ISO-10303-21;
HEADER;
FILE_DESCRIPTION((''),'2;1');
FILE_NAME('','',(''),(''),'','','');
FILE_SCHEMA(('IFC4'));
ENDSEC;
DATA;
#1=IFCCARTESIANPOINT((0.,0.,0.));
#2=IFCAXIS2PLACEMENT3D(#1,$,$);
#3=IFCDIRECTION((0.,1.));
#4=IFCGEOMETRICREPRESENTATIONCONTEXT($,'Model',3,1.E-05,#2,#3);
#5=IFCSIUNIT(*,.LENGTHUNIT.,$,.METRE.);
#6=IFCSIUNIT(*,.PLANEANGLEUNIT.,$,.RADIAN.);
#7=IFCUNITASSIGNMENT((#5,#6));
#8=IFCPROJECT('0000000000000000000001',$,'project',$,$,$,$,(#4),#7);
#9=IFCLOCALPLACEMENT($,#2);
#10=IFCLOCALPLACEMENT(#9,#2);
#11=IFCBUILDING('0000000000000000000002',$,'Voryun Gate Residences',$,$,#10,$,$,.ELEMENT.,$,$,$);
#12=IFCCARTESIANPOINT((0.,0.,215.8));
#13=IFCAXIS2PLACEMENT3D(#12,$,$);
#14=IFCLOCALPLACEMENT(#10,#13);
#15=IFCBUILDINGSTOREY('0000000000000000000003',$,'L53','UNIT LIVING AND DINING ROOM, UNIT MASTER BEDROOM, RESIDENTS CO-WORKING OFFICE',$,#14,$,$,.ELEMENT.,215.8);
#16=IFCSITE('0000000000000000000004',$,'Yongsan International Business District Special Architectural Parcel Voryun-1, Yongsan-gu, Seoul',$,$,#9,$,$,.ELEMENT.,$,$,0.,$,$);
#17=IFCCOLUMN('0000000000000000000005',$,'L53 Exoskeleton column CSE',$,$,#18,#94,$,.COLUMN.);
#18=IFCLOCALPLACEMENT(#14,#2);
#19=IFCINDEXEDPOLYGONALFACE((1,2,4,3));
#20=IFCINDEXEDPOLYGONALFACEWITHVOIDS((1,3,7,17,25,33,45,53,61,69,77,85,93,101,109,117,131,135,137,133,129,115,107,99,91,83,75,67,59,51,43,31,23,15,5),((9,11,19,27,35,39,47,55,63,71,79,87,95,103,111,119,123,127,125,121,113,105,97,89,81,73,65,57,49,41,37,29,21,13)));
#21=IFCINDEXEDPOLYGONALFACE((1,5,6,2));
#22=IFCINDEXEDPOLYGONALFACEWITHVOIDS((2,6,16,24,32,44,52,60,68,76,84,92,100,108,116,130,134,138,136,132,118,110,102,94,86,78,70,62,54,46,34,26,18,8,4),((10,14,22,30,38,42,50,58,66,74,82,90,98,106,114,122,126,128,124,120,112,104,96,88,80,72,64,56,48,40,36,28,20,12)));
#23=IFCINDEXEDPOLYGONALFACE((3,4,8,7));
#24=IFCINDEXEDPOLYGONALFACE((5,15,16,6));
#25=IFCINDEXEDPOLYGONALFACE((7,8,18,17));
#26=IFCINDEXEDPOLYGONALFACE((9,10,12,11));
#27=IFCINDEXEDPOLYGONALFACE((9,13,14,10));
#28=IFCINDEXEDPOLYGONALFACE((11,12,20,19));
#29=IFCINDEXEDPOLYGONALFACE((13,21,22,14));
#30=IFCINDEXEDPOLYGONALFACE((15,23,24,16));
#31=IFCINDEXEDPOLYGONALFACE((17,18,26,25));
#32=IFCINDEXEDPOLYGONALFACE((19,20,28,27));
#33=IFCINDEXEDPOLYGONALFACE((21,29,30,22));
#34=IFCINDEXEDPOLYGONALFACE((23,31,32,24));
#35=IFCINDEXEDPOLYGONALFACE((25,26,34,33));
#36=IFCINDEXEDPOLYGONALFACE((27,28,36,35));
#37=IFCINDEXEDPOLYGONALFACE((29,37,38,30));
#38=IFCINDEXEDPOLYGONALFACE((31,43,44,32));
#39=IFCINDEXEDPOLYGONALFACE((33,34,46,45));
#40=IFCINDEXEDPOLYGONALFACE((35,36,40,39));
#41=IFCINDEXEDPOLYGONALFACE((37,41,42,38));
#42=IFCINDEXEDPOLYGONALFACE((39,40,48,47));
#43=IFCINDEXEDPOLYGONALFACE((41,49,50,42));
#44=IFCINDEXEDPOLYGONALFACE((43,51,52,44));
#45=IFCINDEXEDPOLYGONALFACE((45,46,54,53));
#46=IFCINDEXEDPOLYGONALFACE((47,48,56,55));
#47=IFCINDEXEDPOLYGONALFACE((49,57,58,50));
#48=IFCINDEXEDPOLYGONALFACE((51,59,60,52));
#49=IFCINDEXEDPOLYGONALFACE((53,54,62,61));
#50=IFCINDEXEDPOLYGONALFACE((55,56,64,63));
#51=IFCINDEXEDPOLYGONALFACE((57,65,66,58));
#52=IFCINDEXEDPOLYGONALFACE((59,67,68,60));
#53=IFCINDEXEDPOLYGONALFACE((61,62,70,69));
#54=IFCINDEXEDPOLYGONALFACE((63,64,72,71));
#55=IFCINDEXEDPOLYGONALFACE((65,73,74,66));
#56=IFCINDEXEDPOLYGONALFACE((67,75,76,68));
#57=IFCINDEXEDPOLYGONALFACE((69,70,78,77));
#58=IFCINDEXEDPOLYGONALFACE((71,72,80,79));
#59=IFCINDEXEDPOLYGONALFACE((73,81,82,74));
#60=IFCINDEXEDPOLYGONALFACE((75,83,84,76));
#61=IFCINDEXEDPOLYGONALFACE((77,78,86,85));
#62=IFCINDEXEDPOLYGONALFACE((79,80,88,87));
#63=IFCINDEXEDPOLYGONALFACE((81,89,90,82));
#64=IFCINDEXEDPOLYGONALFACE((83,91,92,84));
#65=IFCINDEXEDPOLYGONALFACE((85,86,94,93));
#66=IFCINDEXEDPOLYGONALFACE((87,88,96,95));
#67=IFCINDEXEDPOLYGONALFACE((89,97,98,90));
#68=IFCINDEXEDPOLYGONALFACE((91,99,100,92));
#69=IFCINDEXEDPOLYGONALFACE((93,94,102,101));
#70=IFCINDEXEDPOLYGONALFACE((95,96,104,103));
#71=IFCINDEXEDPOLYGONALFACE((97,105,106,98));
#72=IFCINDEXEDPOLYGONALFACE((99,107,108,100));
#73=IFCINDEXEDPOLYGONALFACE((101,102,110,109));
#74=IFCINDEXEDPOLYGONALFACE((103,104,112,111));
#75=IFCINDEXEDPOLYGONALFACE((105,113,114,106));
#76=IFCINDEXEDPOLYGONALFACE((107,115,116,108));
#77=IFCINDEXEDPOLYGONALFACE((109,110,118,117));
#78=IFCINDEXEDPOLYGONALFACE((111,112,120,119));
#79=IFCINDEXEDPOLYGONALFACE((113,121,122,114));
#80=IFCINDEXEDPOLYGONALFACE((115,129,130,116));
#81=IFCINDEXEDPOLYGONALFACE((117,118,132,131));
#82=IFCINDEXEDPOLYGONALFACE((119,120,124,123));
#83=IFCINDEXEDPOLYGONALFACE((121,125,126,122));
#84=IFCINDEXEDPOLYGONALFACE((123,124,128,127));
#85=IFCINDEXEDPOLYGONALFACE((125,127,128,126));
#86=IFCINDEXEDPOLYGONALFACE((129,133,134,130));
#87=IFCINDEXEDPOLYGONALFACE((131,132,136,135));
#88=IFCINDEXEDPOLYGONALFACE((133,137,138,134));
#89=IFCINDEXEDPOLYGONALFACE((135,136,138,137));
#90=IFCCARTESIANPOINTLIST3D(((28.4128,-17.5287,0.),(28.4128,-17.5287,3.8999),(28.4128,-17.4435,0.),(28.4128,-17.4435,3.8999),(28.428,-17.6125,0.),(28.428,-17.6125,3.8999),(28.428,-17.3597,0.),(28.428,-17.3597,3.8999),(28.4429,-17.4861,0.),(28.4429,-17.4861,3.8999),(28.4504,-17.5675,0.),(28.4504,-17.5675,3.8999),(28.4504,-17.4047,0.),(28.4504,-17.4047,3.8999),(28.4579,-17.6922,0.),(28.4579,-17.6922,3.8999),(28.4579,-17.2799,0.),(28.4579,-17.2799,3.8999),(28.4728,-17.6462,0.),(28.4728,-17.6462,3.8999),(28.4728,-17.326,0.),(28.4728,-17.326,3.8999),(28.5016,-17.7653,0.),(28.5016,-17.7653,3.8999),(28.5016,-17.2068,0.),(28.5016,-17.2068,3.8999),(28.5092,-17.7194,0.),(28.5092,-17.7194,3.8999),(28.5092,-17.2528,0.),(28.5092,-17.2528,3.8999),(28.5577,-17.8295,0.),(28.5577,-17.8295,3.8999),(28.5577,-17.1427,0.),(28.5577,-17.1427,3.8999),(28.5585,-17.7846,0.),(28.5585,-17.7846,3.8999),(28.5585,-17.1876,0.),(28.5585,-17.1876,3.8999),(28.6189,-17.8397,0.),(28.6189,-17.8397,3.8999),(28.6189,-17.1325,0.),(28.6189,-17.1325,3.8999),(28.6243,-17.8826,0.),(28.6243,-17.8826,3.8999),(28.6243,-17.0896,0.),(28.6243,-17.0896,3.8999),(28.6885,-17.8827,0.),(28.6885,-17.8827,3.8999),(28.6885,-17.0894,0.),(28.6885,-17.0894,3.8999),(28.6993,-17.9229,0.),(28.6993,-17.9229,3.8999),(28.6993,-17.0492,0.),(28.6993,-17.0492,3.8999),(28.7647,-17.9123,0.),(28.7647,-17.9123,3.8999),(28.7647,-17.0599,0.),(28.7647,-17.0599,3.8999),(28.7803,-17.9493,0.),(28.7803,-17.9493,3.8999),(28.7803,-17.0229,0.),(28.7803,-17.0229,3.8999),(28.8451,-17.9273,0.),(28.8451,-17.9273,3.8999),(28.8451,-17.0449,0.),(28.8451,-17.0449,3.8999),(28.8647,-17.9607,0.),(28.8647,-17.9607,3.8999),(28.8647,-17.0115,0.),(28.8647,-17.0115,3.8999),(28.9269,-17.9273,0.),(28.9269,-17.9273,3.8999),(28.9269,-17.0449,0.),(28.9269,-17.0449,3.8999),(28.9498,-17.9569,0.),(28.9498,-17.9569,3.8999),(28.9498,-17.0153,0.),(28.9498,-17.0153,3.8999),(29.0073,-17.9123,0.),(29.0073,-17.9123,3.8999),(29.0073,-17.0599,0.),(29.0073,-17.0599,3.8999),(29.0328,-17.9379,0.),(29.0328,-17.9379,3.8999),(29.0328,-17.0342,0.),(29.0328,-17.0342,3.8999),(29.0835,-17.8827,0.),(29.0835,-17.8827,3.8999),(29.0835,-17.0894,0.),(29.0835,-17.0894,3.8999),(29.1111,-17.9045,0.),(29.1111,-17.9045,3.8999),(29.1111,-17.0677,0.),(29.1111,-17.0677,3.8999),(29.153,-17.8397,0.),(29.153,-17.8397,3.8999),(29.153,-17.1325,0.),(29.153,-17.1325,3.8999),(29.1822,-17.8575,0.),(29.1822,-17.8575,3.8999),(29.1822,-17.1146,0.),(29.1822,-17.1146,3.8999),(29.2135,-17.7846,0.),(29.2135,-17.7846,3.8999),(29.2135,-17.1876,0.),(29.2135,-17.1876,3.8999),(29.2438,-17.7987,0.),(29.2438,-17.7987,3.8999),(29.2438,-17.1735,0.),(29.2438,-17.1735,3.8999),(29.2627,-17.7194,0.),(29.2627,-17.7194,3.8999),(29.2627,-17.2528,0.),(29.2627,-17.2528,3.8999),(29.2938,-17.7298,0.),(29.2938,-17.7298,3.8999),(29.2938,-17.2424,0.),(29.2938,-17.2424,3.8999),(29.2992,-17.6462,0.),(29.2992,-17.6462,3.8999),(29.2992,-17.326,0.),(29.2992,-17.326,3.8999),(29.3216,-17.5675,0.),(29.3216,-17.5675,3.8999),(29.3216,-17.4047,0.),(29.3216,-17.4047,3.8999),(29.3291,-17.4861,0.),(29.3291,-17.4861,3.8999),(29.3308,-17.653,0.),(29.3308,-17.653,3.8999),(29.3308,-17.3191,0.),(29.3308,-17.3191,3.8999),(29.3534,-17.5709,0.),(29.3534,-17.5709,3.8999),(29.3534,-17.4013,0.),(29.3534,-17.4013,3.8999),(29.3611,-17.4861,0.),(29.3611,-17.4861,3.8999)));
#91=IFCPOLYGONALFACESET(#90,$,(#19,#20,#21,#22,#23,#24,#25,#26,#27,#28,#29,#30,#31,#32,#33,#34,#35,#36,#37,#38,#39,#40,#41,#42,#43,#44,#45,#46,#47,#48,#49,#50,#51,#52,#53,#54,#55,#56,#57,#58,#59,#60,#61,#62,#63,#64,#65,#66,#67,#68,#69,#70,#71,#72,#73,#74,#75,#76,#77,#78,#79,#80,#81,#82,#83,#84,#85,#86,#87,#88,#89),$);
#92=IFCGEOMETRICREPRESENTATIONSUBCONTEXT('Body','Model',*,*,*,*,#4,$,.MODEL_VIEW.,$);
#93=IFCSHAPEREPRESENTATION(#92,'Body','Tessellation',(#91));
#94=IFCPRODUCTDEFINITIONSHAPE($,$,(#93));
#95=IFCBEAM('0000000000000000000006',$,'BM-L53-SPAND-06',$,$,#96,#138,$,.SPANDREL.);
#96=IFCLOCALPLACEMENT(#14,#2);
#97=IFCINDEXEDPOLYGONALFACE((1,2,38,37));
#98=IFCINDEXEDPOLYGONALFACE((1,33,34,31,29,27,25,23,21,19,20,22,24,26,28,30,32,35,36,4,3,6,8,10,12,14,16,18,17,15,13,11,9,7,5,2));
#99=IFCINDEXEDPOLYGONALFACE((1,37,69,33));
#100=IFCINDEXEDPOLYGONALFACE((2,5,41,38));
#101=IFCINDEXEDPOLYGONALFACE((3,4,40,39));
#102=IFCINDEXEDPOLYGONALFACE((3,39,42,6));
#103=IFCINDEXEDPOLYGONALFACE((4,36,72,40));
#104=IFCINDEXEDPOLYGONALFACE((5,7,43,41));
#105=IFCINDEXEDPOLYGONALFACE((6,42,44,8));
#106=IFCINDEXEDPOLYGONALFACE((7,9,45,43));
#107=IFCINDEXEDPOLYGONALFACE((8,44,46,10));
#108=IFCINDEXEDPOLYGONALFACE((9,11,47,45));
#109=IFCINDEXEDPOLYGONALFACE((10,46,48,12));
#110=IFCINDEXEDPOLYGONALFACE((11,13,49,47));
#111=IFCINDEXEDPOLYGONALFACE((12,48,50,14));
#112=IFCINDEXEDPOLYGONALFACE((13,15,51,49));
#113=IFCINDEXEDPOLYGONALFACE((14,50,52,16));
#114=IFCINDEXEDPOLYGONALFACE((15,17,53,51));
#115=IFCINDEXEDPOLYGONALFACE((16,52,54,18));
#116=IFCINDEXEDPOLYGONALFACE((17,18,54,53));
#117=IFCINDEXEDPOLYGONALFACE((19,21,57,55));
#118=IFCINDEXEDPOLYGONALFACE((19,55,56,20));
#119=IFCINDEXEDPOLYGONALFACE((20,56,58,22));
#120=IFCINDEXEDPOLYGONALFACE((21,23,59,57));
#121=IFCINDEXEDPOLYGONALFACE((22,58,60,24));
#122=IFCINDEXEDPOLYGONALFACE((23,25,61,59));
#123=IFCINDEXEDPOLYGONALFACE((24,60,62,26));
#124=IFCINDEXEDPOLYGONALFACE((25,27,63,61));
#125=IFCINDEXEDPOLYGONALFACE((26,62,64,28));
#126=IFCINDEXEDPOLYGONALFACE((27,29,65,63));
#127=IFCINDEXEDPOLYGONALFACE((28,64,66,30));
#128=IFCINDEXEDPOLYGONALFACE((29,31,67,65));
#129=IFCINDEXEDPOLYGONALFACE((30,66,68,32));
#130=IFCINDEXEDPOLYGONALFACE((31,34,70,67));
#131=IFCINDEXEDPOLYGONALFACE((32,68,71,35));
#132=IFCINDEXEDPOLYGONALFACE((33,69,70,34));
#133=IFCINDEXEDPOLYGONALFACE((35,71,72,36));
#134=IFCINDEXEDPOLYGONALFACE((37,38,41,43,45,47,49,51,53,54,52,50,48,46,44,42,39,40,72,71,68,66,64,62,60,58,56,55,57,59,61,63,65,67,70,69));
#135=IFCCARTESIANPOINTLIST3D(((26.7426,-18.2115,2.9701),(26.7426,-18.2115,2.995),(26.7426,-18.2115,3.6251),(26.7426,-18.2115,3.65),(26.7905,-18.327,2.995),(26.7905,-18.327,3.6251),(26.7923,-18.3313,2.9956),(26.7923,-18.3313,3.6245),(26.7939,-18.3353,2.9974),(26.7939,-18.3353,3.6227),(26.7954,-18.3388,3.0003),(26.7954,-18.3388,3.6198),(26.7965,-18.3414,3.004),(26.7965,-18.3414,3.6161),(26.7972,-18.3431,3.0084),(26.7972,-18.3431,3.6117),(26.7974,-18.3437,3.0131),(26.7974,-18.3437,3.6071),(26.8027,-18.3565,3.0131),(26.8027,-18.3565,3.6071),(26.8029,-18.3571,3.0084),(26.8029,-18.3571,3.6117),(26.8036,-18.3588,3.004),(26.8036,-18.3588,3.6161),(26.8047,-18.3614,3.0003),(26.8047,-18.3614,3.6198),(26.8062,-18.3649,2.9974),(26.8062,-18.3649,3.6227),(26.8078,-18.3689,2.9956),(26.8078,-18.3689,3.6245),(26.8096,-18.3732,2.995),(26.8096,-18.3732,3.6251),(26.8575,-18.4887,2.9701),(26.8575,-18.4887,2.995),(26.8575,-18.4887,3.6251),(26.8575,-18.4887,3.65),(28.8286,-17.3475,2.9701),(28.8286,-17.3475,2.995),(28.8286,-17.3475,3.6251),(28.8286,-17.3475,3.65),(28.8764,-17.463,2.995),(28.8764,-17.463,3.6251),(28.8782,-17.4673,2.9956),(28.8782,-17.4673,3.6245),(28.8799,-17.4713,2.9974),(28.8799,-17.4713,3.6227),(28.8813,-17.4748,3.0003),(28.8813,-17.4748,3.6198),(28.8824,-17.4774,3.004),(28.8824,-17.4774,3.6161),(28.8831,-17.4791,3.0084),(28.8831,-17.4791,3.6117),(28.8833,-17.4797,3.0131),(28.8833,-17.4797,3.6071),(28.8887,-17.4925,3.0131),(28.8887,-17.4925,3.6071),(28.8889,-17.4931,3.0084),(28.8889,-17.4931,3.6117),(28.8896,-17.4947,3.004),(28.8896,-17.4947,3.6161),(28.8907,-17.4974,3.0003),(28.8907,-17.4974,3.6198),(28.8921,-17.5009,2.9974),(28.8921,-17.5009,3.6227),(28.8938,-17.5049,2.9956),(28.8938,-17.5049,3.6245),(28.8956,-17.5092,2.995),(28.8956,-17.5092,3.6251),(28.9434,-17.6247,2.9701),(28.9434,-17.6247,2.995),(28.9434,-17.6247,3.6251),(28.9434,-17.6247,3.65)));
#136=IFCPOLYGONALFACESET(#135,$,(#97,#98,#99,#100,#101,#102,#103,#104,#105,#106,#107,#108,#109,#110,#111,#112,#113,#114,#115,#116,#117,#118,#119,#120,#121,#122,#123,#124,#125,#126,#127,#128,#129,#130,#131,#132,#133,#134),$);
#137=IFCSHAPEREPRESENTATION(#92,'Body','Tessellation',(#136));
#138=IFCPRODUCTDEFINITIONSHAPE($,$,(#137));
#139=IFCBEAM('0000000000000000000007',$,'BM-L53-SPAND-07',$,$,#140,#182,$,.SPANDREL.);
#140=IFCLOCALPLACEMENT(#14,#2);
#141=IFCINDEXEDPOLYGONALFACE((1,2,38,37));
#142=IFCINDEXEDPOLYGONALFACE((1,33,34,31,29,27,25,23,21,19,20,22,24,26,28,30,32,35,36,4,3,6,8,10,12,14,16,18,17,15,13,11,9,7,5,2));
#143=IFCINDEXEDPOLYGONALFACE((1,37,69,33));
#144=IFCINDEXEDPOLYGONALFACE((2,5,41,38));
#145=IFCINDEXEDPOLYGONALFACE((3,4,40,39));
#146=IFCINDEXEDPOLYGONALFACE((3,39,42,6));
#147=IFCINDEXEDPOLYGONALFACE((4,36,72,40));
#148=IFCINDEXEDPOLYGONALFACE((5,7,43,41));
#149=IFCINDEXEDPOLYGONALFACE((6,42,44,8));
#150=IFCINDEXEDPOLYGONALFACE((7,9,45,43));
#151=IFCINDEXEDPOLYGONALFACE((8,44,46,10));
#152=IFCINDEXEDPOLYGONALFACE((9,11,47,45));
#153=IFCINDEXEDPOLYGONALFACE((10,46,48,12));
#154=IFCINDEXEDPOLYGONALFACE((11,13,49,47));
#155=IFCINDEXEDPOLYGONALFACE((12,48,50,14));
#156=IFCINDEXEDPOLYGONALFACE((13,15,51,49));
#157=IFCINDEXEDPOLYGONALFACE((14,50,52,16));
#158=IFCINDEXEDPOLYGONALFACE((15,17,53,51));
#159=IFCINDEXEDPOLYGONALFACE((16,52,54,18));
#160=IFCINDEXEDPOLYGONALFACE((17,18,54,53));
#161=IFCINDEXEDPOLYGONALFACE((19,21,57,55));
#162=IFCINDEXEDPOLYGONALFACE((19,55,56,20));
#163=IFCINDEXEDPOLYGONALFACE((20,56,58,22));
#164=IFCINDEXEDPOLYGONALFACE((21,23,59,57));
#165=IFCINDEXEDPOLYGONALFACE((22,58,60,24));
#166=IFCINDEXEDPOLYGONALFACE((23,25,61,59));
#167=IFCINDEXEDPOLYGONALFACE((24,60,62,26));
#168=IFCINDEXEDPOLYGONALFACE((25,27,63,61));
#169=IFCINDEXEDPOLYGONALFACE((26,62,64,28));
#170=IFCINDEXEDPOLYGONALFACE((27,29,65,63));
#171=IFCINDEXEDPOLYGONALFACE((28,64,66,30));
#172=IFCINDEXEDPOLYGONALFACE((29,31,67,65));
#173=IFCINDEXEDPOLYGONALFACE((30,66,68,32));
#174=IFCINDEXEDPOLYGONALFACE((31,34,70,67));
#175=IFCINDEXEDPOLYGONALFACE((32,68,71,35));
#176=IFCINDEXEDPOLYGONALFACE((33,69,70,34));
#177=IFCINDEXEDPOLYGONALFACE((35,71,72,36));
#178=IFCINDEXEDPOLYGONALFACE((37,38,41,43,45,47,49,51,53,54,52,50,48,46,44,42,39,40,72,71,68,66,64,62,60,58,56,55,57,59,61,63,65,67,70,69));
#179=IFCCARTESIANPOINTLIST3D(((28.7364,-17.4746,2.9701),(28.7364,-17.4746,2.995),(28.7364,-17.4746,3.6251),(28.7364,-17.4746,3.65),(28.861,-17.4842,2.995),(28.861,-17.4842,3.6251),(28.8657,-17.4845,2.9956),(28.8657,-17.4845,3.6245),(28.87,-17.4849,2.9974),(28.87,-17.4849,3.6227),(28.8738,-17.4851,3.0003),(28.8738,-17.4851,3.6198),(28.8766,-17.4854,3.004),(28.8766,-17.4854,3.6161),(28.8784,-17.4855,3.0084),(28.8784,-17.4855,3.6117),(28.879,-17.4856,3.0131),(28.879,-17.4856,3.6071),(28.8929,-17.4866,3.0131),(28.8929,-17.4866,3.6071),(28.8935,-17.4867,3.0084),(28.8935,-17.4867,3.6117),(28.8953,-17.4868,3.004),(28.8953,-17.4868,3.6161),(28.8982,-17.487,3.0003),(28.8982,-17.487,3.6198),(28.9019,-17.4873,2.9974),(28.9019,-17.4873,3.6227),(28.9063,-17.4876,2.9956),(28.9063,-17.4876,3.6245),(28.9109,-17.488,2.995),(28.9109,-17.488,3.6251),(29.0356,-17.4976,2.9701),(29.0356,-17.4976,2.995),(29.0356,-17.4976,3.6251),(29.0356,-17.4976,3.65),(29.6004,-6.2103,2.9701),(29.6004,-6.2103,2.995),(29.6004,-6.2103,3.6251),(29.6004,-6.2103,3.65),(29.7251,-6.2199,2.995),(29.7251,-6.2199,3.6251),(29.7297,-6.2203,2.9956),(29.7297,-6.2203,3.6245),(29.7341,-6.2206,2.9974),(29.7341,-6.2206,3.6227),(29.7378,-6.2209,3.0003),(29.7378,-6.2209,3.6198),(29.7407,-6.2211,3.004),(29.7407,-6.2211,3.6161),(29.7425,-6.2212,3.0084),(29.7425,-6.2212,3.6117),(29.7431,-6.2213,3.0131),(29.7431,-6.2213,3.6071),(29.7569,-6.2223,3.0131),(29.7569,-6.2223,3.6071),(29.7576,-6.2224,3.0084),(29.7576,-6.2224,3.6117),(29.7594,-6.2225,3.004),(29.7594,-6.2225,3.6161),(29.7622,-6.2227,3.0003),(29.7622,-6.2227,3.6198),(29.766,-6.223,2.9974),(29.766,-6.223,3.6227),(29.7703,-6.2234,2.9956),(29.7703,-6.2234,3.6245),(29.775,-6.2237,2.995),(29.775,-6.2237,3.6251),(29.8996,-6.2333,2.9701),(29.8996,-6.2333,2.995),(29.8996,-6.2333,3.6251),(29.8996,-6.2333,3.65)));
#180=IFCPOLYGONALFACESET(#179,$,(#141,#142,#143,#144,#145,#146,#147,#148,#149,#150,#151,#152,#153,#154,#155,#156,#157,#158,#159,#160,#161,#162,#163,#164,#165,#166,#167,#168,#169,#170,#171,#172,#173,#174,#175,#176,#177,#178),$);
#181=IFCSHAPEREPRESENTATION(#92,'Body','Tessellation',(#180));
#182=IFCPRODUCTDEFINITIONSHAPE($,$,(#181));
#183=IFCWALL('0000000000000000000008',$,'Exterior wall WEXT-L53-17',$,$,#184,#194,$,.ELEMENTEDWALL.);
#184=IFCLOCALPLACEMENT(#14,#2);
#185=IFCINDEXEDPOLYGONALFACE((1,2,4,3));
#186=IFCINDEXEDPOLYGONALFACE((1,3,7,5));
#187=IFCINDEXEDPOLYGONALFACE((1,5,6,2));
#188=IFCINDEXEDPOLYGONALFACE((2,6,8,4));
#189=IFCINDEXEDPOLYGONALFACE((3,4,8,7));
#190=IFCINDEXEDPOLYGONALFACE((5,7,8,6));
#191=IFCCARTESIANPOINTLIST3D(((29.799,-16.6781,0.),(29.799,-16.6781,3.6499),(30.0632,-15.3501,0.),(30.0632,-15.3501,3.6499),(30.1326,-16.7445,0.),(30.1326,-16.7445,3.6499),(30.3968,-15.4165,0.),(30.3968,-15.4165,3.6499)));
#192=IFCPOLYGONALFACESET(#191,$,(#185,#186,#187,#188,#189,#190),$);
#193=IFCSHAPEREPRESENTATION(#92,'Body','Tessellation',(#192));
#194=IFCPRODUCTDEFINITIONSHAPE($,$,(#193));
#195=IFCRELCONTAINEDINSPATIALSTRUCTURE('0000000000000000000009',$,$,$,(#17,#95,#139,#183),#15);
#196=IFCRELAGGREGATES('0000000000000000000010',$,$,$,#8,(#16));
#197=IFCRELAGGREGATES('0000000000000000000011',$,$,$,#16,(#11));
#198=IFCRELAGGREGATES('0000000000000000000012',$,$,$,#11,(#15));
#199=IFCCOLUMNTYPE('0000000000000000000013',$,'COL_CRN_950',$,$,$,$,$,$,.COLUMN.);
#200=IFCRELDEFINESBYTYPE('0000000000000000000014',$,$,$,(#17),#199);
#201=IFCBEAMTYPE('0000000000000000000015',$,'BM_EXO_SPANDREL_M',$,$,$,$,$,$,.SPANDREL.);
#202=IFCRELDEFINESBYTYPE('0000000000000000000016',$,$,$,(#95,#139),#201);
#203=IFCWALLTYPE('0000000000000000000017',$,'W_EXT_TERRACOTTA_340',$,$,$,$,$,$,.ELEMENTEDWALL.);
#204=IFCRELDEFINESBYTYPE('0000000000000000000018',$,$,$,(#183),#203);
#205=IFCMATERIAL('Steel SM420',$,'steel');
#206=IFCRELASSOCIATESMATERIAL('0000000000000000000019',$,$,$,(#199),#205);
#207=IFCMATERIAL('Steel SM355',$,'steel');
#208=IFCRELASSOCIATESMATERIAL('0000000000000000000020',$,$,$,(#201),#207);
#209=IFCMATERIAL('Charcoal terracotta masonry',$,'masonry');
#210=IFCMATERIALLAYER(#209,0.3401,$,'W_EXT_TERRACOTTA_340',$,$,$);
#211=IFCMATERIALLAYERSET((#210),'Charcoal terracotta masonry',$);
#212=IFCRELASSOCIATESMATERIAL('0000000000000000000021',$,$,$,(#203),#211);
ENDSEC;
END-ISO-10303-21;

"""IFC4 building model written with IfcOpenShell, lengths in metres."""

from ifc_helpers import new_model, si_unit, direction, frame, frame_2d, origin, origin_2d, place, context, subcontext, project, spatial, rectangle, hollow_circle, i_section, extrude, material, layer, layer_set, material_profile, profile_set, type_object, element, save


model = new_model("IFC4")

# Units and contexts
model_context = context("Model", 3, precision=1e-05, world=origin(), true_north=direction((0.0, 1.0)))
body_context = subcontext(model_context, "Body", "Model", "MODEL_VIEW")
ifc_project = project(units=[si_unit("LENGTHUNIT", "METRE"), si_unit("PLANEANGLEUNIT", "RADIAN")], contexts=[model_context])

# Site, building, storey
site_placement = place(None, origin())
site = spatial("IfcSite", under=ifc_project, at=site_placement, Name="Yongsan International Business District Special Architectural Parcel Voryun-1, Yongsan-gu, Seoul", CompositionType="ELEMENT", RefElevation=0.0)
building_placement = place(site_placement, origin())
building = spatial("IfcBuilding", under=site, at=building_placement, Name="Voryun Gate Residences", CompositionType="ELEMENT")
storey_placement = place(building_placement, frame((0.0, 0.0, 215.8)))
storey = spatial("IfcBuildingStorey", under=building, at=storey_placement, Name="L53", Description="UNIT LIVING AND DINING ROOM, UNIT MASTER BEDROOM, RESIDENTS CO-WORKING OFFICE", CompositionType="ELEMENT", Elevation=215.8)

# Column
ifc_material_1 = material(Name="Steel SM420", Category="steel")
ifc_material_profile_1 = material_profile(ifc_material_1, hollow_circle(Radius=0.4751, WallThickness=0.032, at=origin_2d()), Name="CHS-950x32")
ifc_profile_set_1 = profile_set([ifc_material_profile_1], Name="Steel SM420")
column_type = type_object("IfcColumnType", Name="COL_CRN_950", PredefinedType="COLUMN", material=ifc_profile_set_1)
column_placement = place(storey_placement, frame((28.886, -17.4861, 0.0), z_axis=(0.0, 0.0, 1.0), x_axis=(1.0, 0.0, 0.0)))
element("IfcColumn", 1, at=column_placement, inside=storey, type_object=column_type, Name="L53 Exoskeleton column CSE", PredefinedType="COLUMN", context=body_context, shape_type="SweptSolid", body=[
    extrude(hollow_circle(Radius=0.4751, WallThickness=0.032, at=origin_2d()), origin(), (0.0, 0.0, 1.0), 3.8999),
])

# Beams
ifc_material_2 = material(Name="Steel SM355", Category="steel")
ifc_material_profile_2 = material_profile(ifc_material_2, i_section(OverallWidth=0.3, OverallDepth=0.6799, WebThickness=0.0139, FlangeThickness=0.0249, FilletRadius=0.0181, at=origin_2d()), Name="H-680x300x14x25")
ifc_profile_set_2 = profile_set([ifc_material_profile_2], Name="Steel SM355")
beam_type = type_object("IfcBeamType", Name="BM_EXO_SPANDREL_M", PredefinedType="SPANDREL", material=ifc_profile_set_2)
beam_1_placement = place(storey_placement, frame((26.8, -18.3501, 3.3101), z_axis=(0.923881, 0.38268, 0.0), x_axis=(-0.38268, 0.923881, 0.0)))
element("IfcBeam", 2, at=beam_1_placement, inside=storey, type_object=beam_type, Name="BM-L53-SPAND-06", PredefinedType="SPANDREL", context=body_context, shape_type="SweptSolid", body=[
    extrude(i_section(OverallWidth=0.3, OverallDepth=0.6799, WebThickness=0.0139, FlangeThickness=0.0249, FilletRadius=0.0181, at=origin_2d()), origin(), (0.0, 0.0, 1.0), 2.2578),
])
beam_2_placement = place(storey_placement, frame((28.886, -17.4861, 3.3101), z_axis=(0.07648, 0.997071, 0.0), x_axis=(-0.997071, 0.07648, 0.0)))
element("IfcBeam", 3, at=beam_2_placement, inside=storey, type_object=beam_type, Name="BM-L53-SPAND-07", PredefinedType="SPANDREL", context=body_context, shape_type="SweptSolid", body=[
    extrude(i_section(OverallWidth=0.3, OverallDepth=0.6799, WebThickness=0.0139, FlangeThickness=0.0249, FilletRadius=0.0181, at=origin_2d()), origin(), (0.0, 0.0, 1.0), 11.2974),
])

# Wall
ifc_material_3 = material(Name="Charcoal terracotta masonry", Category="masonry")
ifc_layer_1 = layer(ifc_material_3, 0.3401, Name="W_EXT_TERRACOTTA_340")
ifc_layer_set_1 = layer_set([ifc_layer_1], Name="Charcoal terracotta masonry")
wall_type_1 = type_object("IfcWallType", Name="W_EXT_TERRACOTTA_340", PredefinedType="ELEMENTEDWALL", material=ifc_layer_set_1)
wall_1_placement = place(storey_placement, frame((30.23, -15.3833, 0.0), z_axis=(0.0, 0.0, 1.0), x_axis=(-0.19511, -0.980781, 0.0)))
element("IfcWall", 4, at=wall_1_placement, inside=storey, type_object=wall_type_1, Name="Exterior wall WEXT-L53-17", PredefinedType="ELEMENTEDWALL", context=body_context, shape_type="SweptSolid", body=[
    extrude(rectangle(XDim=1.354, YDim=0.3401, at=frame_2d((0.677, 0.0))), origin(), (0.0, 0.0, 1.0), 3.6499),
])

save(model, "model.ifc")
